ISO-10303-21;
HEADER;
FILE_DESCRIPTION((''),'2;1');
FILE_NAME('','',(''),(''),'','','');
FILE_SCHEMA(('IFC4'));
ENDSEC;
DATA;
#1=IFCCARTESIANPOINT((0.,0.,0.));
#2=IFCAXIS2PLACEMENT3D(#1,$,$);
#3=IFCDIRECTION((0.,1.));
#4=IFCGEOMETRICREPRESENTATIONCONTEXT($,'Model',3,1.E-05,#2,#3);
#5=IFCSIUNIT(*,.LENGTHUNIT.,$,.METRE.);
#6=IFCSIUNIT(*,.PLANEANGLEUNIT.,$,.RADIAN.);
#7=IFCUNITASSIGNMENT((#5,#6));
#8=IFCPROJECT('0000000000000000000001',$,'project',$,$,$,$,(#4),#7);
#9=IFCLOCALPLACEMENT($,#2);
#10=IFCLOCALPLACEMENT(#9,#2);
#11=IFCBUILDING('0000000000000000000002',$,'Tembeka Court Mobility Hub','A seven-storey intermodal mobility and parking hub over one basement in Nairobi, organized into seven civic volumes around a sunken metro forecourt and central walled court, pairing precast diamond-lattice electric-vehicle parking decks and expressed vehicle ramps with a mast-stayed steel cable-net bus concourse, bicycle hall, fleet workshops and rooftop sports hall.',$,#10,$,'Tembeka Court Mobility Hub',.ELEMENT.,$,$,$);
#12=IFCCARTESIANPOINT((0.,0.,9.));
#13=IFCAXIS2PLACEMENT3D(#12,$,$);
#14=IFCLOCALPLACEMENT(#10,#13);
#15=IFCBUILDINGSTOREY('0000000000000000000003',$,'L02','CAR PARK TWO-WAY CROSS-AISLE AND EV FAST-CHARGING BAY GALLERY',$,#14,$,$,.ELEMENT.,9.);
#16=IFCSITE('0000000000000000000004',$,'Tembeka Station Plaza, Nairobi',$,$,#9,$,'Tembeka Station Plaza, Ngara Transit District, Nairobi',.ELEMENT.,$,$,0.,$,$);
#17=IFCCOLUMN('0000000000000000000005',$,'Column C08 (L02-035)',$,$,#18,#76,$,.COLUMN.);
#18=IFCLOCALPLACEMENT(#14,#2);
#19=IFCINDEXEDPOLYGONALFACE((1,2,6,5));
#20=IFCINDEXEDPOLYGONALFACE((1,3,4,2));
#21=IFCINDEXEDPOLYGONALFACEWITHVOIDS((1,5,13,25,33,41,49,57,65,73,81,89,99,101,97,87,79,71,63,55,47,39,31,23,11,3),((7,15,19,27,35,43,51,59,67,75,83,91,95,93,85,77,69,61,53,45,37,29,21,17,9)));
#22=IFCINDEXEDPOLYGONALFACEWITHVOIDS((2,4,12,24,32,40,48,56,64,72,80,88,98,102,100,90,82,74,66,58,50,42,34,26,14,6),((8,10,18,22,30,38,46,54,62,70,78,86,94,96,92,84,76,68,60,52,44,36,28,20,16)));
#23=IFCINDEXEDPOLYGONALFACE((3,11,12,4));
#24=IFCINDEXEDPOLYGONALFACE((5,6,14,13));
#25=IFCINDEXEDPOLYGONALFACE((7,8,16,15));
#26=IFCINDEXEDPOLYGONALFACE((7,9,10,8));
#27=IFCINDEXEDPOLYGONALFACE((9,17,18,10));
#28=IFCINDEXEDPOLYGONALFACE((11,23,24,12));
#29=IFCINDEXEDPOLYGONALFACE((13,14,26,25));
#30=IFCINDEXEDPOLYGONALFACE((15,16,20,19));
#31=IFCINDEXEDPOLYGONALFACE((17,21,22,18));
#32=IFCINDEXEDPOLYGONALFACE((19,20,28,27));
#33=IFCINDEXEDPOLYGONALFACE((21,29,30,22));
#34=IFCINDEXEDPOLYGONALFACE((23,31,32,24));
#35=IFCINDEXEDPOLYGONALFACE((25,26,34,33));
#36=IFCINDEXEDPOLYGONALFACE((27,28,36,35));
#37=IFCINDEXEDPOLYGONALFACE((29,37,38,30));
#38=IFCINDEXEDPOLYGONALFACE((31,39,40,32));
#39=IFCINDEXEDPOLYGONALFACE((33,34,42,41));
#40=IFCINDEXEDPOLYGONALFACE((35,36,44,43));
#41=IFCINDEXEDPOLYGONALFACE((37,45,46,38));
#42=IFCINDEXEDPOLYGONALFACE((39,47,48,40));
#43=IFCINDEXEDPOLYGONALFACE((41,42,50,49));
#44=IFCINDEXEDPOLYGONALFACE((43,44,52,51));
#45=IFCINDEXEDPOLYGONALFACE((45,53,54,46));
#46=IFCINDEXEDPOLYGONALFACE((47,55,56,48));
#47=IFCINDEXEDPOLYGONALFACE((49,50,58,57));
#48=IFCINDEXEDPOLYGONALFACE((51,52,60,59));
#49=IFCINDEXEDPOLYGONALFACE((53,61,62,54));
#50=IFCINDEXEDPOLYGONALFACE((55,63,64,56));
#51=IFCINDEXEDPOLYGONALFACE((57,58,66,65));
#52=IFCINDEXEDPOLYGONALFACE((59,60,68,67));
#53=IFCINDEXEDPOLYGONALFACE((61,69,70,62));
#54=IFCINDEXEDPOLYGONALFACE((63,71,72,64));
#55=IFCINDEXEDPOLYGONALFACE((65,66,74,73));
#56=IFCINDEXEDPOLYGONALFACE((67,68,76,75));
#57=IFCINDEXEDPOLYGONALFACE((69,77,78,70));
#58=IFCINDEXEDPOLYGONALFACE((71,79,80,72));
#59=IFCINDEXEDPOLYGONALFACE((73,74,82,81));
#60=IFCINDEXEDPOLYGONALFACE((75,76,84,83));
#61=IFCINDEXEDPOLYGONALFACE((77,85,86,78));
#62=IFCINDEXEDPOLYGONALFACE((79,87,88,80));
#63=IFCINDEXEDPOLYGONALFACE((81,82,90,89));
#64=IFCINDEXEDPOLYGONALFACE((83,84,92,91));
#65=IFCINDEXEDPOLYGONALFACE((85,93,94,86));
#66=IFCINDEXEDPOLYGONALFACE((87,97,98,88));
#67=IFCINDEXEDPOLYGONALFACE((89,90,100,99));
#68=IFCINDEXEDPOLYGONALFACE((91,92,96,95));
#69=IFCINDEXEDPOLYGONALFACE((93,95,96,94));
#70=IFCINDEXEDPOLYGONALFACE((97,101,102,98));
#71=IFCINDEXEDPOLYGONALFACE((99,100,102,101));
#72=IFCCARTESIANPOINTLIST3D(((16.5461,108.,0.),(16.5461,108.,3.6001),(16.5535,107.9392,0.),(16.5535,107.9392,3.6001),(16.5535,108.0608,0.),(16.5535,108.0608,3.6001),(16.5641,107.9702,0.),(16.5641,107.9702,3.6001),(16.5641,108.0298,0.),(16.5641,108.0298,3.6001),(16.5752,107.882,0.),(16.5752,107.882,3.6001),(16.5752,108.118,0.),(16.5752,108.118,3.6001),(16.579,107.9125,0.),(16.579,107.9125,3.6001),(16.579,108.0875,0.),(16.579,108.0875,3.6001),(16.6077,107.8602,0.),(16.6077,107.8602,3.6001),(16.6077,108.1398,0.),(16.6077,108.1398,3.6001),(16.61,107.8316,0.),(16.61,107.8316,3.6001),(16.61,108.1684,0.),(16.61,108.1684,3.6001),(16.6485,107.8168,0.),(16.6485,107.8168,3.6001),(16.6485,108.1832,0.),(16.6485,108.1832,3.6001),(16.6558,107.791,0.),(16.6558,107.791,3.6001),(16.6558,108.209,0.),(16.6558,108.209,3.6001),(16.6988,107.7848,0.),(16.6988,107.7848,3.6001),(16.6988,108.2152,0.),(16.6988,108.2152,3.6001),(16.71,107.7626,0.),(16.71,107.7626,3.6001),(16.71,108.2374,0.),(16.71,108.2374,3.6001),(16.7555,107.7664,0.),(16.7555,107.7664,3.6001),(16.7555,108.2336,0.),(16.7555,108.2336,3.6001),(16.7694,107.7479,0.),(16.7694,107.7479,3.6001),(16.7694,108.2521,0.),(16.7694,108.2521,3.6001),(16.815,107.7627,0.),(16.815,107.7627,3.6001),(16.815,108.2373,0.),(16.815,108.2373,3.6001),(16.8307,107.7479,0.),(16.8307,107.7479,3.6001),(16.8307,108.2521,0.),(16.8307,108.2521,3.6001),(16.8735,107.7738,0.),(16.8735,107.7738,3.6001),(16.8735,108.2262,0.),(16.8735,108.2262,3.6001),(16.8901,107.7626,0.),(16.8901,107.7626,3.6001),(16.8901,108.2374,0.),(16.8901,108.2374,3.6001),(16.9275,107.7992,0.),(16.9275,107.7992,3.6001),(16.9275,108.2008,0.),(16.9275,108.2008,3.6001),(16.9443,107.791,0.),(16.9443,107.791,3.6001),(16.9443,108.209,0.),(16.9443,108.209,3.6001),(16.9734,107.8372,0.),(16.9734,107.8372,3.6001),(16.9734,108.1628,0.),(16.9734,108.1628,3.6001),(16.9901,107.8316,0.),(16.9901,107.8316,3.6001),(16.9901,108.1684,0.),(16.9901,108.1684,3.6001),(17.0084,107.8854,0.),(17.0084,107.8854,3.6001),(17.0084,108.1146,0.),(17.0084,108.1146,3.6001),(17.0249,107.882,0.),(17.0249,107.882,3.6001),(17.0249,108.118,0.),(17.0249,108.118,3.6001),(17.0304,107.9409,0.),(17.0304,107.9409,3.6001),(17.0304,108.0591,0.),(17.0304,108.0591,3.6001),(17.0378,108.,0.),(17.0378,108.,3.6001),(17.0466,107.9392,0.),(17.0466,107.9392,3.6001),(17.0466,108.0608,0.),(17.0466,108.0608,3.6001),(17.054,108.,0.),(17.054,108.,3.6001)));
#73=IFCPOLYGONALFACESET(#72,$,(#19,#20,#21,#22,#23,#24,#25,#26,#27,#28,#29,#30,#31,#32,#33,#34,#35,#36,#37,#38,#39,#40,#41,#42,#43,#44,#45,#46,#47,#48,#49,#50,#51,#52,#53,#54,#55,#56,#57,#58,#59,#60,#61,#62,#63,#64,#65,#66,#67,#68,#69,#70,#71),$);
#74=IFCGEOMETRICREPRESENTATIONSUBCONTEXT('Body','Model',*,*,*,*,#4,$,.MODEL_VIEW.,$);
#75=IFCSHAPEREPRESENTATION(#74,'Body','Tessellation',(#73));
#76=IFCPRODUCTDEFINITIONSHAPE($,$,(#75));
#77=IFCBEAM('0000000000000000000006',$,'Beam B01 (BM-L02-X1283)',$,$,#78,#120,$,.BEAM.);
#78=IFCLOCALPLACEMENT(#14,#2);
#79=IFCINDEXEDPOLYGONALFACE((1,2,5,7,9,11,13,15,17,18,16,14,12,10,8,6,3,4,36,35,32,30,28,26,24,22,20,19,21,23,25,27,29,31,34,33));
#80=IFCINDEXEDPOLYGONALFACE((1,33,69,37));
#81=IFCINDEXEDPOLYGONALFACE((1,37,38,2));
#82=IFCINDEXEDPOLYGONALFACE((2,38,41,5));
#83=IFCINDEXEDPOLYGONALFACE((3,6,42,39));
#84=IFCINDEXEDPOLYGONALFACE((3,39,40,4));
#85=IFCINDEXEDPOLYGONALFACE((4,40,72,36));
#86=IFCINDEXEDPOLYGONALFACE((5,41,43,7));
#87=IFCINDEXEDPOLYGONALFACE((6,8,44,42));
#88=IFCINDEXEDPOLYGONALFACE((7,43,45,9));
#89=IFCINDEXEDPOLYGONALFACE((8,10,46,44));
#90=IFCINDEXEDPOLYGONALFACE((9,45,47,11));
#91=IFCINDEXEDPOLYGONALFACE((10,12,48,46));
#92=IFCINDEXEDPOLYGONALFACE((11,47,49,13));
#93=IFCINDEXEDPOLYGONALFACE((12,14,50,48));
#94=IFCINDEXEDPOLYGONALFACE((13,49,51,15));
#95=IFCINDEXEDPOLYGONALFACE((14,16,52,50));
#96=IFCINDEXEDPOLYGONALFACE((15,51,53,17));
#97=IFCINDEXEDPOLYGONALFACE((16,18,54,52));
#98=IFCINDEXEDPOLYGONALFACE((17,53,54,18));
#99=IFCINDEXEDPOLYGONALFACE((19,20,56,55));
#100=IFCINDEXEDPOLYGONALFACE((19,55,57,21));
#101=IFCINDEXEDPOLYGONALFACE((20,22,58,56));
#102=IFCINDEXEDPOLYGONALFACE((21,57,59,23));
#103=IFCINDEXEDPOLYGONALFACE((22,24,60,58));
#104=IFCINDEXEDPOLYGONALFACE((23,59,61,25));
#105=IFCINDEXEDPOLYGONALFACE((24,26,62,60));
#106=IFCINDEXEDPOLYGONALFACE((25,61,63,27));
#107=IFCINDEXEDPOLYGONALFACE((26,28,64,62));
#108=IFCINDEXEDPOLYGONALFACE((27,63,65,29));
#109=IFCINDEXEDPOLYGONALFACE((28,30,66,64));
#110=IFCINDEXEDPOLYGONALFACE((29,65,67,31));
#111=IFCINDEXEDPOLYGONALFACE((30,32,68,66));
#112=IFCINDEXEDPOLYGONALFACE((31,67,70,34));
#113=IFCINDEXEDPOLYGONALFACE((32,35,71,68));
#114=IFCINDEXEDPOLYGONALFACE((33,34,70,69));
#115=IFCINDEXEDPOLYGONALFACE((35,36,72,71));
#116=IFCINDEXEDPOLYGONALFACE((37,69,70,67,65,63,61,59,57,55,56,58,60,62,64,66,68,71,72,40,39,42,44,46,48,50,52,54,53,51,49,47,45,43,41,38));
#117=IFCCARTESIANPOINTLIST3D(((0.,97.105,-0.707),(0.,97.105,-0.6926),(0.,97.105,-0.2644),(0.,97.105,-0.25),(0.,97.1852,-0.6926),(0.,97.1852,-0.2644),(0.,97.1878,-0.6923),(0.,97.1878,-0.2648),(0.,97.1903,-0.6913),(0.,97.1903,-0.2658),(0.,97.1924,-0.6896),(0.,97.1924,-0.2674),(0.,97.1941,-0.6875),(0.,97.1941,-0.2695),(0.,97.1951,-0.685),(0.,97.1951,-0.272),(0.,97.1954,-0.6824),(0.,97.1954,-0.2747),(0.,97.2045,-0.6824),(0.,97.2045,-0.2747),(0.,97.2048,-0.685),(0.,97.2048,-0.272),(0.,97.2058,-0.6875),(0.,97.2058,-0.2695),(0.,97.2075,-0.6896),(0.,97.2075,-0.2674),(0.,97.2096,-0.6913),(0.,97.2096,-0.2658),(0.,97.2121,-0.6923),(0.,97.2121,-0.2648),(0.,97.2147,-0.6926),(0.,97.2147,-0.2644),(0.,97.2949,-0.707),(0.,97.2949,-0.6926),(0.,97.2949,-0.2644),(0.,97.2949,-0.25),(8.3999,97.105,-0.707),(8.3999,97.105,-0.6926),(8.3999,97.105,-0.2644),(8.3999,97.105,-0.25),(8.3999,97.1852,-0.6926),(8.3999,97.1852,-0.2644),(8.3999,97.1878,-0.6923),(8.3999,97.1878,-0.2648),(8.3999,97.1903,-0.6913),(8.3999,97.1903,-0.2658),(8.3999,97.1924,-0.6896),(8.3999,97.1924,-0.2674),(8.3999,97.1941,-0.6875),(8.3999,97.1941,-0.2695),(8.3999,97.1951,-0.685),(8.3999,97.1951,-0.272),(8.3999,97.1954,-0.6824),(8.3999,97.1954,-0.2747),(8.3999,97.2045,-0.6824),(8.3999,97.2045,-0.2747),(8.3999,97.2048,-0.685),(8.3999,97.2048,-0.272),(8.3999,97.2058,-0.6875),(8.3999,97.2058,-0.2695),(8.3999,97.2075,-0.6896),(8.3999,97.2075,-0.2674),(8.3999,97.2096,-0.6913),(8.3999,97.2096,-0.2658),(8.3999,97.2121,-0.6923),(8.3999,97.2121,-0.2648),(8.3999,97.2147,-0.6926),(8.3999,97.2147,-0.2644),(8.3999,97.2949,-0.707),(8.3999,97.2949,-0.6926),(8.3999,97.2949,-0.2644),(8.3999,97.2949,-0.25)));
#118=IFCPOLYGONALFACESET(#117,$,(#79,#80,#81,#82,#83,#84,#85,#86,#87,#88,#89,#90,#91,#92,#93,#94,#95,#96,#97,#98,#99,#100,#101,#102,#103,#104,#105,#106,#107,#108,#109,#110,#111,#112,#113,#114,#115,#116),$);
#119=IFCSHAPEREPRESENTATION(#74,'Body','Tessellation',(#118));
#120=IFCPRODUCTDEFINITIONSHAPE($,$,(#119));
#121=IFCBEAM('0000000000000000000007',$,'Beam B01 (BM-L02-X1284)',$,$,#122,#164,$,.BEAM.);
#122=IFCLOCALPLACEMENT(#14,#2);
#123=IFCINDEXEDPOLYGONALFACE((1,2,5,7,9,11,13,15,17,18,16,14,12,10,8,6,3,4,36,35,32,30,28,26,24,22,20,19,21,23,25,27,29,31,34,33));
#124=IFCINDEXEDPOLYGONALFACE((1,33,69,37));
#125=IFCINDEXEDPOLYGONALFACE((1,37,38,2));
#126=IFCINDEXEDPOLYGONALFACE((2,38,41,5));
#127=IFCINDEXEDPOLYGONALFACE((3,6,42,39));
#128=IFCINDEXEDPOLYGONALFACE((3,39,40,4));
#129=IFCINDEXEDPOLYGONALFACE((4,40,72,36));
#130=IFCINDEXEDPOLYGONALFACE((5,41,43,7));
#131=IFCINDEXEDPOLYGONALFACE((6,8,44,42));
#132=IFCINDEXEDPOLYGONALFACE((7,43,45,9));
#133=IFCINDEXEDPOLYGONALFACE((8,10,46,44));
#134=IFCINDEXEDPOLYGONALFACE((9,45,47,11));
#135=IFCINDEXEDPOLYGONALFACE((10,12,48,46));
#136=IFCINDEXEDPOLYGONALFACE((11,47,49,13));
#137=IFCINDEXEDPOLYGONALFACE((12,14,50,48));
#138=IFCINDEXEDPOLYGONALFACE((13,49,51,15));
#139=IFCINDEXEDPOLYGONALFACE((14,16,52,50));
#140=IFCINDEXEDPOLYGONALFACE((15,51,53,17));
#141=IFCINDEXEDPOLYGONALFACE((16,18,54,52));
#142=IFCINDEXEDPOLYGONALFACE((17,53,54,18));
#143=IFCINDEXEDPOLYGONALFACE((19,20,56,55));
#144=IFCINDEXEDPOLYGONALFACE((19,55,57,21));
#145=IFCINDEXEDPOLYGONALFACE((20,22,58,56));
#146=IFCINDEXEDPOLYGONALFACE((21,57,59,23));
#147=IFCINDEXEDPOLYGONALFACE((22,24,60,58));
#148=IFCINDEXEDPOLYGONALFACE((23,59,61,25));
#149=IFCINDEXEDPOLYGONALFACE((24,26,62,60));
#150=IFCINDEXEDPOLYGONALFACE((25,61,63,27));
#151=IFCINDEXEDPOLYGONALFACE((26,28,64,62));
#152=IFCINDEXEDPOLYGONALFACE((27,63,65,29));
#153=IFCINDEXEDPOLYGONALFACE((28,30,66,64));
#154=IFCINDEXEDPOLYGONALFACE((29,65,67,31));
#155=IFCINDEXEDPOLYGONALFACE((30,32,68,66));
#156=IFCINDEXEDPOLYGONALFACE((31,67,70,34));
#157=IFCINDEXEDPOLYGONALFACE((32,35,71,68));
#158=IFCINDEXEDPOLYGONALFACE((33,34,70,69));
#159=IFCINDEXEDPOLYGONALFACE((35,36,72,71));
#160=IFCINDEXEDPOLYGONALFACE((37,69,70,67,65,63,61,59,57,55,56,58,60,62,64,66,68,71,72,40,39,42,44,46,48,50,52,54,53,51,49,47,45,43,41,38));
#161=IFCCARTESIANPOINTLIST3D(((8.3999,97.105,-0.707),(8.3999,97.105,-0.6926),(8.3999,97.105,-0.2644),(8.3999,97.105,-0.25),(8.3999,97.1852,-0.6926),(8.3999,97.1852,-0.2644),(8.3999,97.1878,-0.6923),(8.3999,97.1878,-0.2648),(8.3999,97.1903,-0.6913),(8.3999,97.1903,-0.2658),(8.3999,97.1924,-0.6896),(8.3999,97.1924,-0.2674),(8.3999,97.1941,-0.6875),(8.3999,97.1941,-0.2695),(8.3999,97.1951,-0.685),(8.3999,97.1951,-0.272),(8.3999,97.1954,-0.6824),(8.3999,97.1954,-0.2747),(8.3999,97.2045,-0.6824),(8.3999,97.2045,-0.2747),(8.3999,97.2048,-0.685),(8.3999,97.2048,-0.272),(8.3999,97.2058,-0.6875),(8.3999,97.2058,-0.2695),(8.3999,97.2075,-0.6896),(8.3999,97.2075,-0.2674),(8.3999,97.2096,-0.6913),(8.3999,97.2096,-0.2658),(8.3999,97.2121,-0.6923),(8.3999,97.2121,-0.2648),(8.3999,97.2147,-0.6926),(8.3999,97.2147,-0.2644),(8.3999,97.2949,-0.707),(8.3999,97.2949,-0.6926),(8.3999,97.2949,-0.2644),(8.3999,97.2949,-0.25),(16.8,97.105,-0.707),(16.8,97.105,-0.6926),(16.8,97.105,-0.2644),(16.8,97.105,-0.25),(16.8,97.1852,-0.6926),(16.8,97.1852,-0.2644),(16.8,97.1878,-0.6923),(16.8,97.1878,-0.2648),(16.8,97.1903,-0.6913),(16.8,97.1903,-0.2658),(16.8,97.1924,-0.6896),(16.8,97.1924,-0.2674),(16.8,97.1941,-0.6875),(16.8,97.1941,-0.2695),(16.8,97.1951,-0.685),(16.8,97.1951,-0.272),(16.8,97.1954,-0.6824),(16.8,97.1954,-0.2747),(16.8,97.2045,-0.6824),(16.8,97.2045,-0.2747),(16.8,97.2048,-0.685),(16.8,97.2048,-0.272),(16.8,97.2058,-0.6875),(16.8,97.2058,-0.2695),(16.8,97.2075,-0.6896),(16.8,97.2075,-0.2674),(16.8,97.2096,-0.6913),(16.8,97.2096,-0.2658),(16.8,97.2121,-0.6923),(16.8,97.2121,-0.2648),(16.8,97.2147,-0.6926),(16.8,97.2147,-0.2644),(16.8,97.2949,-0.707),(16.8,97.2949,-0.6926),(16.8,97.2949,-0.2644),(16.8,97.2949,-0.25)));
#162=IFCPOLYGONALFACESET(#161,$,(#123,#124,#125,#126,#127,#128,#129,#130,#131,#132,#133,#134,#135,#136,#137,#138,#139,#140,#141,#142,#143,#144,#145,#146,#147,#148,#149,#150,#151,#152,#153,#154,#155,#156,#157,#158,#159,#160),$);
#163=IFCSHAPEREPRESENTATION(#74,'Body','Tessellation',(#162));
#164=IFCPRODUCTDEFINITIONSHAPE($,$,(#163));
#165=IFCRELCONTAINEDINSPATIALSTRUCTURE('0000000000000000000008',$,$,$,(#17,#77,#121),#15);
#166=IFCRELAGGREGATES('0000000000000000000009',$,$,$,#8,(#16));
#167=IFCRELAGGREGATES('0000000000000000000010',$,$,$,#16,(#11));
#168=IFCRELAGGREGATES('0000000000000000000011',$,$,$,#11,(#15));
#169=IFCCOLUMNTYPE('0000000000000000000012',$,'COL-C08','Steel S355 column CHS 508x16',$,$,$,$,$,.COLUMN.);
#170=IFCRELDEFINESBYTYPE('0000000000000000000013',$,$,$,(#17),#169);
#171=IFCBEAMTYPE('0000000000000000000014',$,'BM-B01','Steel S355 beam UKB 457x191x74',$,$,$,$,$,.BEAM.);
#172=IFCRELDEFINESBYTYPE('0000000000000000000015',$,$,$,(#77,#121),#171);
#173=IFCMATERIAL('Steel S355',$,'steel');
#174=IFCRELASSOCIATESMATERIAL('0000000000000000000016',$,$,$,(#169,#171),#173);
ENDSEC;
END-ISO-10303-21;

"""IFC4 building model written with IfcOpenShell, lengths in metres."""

from ifc_helpers import new_model, si_unit, direction, frame, origin, origin_2d, place, context, subcontext, project, spatial, hollow_circle, i_section, extrude, material, material_profile, profile_set, type_object, element, save


model = new_model("IFC4")

# Units and contexts
model_context = context("Model", 3, precision=1e-05, world=origin(), true_north=direction((0.0, 1.0)))
body_context = subcontext(model_context, "Body", "Model", "MODEL_VIEW")
ifc_project = project(units=[si_unit("LENGTHUNIT", "METRE"), si_unit("PLANEANGLEUNIT", "RADIAN")], contexts=[model_context])

# Site, building, storey
site_placement = place(None, origin())
site = spatial("IfcSite", under=ifc_project, at=site_placement, Name="Tembeka Station Plaza, Nairobi", LongName="Tembeka Station Plaza, Ngara Transit District, Nairobi", CompositionType="ELEMENT", RefElevation=0.0)
building_placement = place(site_placement, origin())
building = spatial("IfcBuilding", under=site, at=building_placement, Name="Tembeka Court Mobility Hub", Description="A seven-storey intermodal mobility and parking hub over one basement in Nairobi, organized into seven civic volumes around a sunken metro forecourt and central walled court, pairing precast diamond-lattice electric-vehicle parking decks and expressed vehicle ramps with a mast-stayed steel cable-net bus concourse, bicycle hall, fleet workshops and rooftop sports hall.", LongName="Tembeka Court Mobility Hub", CompositionType="ELEMENT")
storey_placement = place(building_placement, frame((0.0, 0.0, 9.0)))
storey = spatial("IfcBuildingStorey", under=building, at=storey_placement, Name="L02", Description="CAR PARK TWO-WAY CROSS-AISLE AND EV FAST-CHARGING BAY GALLERY", CompositionType="ELEMENT", Elevation=9.0)

# Column
ifc_material_1 = material(Name="Steel S355", Category="steel")
ifc_material_profile_1 = material_profile(ifc_material_1, hollow_circle(Radius=0.2539, WallThickness=0.0161, at=origin_2d()), Name="CHS 508x16")
ifc_profile_set_1 = profile_set([ifc_material_profile_1], Name="Steel S355")
column_type_1 = type_object("IfcColumnType", Name="COL-C08", Description="Steel S355 column CHS 508x16", PredefinedType="COLUMN", material=ifc_profile_set_1)
for number, where, z_axis, x_axis, name in (
    (1, (16.8, 108.0, 0.0), (0.0, 0.0, 1.0), (1.0, 0.0, 0.0), "Column C08 (L02-035)"),
):
    element("IfcColumn", number, at=place(storey_placement, frame(where, z_axis=z_axis, x_axis=x_axis)), inside=storey, type_object=column_type_1, Name=name, PredefinedType="COLUMN", context=body_context, shape_type="SweptSolid", body=[
        extrude(hollow_circle(Radius=0.2539, WallThickness=0.0161, at=origin_2d()), origin(), (0.0, 0.0, 1.0), 3.6001),
    ])

# Beams
ifc_material_profile_2 = material_profile(ifc_material_1, i_section(OverallWidth=0.1899, OverallDepth=0.457, WebThickness=0.009, FlangeThickness=0.0144, FilletRadius=0.0103, at=origin_2d()), Name="UKB 457x191x74")
ifc_profile_set_2 = profile_set([ifc_material_profile_2], Name="Steel S355")
beam_type_1 = type_object("IfcBeamType", Name="BM-B01", Description="Steel S355 beam UKB 457x191x74", PredefinedType="BEAM", material=ifc_profile_set_2)
beam_1_placement = place(storey_placement, frame((0.0, 97.2, -0.4785), z_axis=(1.0, 0.0, 0.0), x_axis=(0.0, 1.0, 0.0)))
element("IfcBeam", 2, at=beam_1_placement, inside=storey, type_object=beam_type_1, Name="Beam B01 (BM-L02-X1283)", PredefinedType="BEAM", context=body_context, shape_type="SweptSolid", body=[
    extrude(i_section(OverallWidth=0.1899, OverallDepth=0.457, WebThickness=0.009, FlangeThickness=0.0144, FilletRadius=0.0103, at=origin_2d()), origin(), (0.0, 0.0, 1.0), 8.3999),
])
beam_2_placement = place(storey_placement, frame((8.3999, 97.2, -0.4785), z_axis=(1.0, 0.0, 0.0), x_axis=(0.0, 1.0, 0.0)))
element("IfcBeam", 3, at=beam_2_placement, inside=storey, type_object=beam_type_1, Name="Beam B01 (BM-L02-X1284)", PredefinedType="BEAM", context=body_context, shape_type="SweptSolid", body=[
    extrude(i_section(OverallWidth=0.1899, OverallDepth=0.457, WebThickness=0.009, FlangeThickness=0.0144, FilletRadius=0.0103, at=origin_2d()), origin(), (0.0, 0.0, 1.0), 8.4001),
])

save(model, "model.ifc")
